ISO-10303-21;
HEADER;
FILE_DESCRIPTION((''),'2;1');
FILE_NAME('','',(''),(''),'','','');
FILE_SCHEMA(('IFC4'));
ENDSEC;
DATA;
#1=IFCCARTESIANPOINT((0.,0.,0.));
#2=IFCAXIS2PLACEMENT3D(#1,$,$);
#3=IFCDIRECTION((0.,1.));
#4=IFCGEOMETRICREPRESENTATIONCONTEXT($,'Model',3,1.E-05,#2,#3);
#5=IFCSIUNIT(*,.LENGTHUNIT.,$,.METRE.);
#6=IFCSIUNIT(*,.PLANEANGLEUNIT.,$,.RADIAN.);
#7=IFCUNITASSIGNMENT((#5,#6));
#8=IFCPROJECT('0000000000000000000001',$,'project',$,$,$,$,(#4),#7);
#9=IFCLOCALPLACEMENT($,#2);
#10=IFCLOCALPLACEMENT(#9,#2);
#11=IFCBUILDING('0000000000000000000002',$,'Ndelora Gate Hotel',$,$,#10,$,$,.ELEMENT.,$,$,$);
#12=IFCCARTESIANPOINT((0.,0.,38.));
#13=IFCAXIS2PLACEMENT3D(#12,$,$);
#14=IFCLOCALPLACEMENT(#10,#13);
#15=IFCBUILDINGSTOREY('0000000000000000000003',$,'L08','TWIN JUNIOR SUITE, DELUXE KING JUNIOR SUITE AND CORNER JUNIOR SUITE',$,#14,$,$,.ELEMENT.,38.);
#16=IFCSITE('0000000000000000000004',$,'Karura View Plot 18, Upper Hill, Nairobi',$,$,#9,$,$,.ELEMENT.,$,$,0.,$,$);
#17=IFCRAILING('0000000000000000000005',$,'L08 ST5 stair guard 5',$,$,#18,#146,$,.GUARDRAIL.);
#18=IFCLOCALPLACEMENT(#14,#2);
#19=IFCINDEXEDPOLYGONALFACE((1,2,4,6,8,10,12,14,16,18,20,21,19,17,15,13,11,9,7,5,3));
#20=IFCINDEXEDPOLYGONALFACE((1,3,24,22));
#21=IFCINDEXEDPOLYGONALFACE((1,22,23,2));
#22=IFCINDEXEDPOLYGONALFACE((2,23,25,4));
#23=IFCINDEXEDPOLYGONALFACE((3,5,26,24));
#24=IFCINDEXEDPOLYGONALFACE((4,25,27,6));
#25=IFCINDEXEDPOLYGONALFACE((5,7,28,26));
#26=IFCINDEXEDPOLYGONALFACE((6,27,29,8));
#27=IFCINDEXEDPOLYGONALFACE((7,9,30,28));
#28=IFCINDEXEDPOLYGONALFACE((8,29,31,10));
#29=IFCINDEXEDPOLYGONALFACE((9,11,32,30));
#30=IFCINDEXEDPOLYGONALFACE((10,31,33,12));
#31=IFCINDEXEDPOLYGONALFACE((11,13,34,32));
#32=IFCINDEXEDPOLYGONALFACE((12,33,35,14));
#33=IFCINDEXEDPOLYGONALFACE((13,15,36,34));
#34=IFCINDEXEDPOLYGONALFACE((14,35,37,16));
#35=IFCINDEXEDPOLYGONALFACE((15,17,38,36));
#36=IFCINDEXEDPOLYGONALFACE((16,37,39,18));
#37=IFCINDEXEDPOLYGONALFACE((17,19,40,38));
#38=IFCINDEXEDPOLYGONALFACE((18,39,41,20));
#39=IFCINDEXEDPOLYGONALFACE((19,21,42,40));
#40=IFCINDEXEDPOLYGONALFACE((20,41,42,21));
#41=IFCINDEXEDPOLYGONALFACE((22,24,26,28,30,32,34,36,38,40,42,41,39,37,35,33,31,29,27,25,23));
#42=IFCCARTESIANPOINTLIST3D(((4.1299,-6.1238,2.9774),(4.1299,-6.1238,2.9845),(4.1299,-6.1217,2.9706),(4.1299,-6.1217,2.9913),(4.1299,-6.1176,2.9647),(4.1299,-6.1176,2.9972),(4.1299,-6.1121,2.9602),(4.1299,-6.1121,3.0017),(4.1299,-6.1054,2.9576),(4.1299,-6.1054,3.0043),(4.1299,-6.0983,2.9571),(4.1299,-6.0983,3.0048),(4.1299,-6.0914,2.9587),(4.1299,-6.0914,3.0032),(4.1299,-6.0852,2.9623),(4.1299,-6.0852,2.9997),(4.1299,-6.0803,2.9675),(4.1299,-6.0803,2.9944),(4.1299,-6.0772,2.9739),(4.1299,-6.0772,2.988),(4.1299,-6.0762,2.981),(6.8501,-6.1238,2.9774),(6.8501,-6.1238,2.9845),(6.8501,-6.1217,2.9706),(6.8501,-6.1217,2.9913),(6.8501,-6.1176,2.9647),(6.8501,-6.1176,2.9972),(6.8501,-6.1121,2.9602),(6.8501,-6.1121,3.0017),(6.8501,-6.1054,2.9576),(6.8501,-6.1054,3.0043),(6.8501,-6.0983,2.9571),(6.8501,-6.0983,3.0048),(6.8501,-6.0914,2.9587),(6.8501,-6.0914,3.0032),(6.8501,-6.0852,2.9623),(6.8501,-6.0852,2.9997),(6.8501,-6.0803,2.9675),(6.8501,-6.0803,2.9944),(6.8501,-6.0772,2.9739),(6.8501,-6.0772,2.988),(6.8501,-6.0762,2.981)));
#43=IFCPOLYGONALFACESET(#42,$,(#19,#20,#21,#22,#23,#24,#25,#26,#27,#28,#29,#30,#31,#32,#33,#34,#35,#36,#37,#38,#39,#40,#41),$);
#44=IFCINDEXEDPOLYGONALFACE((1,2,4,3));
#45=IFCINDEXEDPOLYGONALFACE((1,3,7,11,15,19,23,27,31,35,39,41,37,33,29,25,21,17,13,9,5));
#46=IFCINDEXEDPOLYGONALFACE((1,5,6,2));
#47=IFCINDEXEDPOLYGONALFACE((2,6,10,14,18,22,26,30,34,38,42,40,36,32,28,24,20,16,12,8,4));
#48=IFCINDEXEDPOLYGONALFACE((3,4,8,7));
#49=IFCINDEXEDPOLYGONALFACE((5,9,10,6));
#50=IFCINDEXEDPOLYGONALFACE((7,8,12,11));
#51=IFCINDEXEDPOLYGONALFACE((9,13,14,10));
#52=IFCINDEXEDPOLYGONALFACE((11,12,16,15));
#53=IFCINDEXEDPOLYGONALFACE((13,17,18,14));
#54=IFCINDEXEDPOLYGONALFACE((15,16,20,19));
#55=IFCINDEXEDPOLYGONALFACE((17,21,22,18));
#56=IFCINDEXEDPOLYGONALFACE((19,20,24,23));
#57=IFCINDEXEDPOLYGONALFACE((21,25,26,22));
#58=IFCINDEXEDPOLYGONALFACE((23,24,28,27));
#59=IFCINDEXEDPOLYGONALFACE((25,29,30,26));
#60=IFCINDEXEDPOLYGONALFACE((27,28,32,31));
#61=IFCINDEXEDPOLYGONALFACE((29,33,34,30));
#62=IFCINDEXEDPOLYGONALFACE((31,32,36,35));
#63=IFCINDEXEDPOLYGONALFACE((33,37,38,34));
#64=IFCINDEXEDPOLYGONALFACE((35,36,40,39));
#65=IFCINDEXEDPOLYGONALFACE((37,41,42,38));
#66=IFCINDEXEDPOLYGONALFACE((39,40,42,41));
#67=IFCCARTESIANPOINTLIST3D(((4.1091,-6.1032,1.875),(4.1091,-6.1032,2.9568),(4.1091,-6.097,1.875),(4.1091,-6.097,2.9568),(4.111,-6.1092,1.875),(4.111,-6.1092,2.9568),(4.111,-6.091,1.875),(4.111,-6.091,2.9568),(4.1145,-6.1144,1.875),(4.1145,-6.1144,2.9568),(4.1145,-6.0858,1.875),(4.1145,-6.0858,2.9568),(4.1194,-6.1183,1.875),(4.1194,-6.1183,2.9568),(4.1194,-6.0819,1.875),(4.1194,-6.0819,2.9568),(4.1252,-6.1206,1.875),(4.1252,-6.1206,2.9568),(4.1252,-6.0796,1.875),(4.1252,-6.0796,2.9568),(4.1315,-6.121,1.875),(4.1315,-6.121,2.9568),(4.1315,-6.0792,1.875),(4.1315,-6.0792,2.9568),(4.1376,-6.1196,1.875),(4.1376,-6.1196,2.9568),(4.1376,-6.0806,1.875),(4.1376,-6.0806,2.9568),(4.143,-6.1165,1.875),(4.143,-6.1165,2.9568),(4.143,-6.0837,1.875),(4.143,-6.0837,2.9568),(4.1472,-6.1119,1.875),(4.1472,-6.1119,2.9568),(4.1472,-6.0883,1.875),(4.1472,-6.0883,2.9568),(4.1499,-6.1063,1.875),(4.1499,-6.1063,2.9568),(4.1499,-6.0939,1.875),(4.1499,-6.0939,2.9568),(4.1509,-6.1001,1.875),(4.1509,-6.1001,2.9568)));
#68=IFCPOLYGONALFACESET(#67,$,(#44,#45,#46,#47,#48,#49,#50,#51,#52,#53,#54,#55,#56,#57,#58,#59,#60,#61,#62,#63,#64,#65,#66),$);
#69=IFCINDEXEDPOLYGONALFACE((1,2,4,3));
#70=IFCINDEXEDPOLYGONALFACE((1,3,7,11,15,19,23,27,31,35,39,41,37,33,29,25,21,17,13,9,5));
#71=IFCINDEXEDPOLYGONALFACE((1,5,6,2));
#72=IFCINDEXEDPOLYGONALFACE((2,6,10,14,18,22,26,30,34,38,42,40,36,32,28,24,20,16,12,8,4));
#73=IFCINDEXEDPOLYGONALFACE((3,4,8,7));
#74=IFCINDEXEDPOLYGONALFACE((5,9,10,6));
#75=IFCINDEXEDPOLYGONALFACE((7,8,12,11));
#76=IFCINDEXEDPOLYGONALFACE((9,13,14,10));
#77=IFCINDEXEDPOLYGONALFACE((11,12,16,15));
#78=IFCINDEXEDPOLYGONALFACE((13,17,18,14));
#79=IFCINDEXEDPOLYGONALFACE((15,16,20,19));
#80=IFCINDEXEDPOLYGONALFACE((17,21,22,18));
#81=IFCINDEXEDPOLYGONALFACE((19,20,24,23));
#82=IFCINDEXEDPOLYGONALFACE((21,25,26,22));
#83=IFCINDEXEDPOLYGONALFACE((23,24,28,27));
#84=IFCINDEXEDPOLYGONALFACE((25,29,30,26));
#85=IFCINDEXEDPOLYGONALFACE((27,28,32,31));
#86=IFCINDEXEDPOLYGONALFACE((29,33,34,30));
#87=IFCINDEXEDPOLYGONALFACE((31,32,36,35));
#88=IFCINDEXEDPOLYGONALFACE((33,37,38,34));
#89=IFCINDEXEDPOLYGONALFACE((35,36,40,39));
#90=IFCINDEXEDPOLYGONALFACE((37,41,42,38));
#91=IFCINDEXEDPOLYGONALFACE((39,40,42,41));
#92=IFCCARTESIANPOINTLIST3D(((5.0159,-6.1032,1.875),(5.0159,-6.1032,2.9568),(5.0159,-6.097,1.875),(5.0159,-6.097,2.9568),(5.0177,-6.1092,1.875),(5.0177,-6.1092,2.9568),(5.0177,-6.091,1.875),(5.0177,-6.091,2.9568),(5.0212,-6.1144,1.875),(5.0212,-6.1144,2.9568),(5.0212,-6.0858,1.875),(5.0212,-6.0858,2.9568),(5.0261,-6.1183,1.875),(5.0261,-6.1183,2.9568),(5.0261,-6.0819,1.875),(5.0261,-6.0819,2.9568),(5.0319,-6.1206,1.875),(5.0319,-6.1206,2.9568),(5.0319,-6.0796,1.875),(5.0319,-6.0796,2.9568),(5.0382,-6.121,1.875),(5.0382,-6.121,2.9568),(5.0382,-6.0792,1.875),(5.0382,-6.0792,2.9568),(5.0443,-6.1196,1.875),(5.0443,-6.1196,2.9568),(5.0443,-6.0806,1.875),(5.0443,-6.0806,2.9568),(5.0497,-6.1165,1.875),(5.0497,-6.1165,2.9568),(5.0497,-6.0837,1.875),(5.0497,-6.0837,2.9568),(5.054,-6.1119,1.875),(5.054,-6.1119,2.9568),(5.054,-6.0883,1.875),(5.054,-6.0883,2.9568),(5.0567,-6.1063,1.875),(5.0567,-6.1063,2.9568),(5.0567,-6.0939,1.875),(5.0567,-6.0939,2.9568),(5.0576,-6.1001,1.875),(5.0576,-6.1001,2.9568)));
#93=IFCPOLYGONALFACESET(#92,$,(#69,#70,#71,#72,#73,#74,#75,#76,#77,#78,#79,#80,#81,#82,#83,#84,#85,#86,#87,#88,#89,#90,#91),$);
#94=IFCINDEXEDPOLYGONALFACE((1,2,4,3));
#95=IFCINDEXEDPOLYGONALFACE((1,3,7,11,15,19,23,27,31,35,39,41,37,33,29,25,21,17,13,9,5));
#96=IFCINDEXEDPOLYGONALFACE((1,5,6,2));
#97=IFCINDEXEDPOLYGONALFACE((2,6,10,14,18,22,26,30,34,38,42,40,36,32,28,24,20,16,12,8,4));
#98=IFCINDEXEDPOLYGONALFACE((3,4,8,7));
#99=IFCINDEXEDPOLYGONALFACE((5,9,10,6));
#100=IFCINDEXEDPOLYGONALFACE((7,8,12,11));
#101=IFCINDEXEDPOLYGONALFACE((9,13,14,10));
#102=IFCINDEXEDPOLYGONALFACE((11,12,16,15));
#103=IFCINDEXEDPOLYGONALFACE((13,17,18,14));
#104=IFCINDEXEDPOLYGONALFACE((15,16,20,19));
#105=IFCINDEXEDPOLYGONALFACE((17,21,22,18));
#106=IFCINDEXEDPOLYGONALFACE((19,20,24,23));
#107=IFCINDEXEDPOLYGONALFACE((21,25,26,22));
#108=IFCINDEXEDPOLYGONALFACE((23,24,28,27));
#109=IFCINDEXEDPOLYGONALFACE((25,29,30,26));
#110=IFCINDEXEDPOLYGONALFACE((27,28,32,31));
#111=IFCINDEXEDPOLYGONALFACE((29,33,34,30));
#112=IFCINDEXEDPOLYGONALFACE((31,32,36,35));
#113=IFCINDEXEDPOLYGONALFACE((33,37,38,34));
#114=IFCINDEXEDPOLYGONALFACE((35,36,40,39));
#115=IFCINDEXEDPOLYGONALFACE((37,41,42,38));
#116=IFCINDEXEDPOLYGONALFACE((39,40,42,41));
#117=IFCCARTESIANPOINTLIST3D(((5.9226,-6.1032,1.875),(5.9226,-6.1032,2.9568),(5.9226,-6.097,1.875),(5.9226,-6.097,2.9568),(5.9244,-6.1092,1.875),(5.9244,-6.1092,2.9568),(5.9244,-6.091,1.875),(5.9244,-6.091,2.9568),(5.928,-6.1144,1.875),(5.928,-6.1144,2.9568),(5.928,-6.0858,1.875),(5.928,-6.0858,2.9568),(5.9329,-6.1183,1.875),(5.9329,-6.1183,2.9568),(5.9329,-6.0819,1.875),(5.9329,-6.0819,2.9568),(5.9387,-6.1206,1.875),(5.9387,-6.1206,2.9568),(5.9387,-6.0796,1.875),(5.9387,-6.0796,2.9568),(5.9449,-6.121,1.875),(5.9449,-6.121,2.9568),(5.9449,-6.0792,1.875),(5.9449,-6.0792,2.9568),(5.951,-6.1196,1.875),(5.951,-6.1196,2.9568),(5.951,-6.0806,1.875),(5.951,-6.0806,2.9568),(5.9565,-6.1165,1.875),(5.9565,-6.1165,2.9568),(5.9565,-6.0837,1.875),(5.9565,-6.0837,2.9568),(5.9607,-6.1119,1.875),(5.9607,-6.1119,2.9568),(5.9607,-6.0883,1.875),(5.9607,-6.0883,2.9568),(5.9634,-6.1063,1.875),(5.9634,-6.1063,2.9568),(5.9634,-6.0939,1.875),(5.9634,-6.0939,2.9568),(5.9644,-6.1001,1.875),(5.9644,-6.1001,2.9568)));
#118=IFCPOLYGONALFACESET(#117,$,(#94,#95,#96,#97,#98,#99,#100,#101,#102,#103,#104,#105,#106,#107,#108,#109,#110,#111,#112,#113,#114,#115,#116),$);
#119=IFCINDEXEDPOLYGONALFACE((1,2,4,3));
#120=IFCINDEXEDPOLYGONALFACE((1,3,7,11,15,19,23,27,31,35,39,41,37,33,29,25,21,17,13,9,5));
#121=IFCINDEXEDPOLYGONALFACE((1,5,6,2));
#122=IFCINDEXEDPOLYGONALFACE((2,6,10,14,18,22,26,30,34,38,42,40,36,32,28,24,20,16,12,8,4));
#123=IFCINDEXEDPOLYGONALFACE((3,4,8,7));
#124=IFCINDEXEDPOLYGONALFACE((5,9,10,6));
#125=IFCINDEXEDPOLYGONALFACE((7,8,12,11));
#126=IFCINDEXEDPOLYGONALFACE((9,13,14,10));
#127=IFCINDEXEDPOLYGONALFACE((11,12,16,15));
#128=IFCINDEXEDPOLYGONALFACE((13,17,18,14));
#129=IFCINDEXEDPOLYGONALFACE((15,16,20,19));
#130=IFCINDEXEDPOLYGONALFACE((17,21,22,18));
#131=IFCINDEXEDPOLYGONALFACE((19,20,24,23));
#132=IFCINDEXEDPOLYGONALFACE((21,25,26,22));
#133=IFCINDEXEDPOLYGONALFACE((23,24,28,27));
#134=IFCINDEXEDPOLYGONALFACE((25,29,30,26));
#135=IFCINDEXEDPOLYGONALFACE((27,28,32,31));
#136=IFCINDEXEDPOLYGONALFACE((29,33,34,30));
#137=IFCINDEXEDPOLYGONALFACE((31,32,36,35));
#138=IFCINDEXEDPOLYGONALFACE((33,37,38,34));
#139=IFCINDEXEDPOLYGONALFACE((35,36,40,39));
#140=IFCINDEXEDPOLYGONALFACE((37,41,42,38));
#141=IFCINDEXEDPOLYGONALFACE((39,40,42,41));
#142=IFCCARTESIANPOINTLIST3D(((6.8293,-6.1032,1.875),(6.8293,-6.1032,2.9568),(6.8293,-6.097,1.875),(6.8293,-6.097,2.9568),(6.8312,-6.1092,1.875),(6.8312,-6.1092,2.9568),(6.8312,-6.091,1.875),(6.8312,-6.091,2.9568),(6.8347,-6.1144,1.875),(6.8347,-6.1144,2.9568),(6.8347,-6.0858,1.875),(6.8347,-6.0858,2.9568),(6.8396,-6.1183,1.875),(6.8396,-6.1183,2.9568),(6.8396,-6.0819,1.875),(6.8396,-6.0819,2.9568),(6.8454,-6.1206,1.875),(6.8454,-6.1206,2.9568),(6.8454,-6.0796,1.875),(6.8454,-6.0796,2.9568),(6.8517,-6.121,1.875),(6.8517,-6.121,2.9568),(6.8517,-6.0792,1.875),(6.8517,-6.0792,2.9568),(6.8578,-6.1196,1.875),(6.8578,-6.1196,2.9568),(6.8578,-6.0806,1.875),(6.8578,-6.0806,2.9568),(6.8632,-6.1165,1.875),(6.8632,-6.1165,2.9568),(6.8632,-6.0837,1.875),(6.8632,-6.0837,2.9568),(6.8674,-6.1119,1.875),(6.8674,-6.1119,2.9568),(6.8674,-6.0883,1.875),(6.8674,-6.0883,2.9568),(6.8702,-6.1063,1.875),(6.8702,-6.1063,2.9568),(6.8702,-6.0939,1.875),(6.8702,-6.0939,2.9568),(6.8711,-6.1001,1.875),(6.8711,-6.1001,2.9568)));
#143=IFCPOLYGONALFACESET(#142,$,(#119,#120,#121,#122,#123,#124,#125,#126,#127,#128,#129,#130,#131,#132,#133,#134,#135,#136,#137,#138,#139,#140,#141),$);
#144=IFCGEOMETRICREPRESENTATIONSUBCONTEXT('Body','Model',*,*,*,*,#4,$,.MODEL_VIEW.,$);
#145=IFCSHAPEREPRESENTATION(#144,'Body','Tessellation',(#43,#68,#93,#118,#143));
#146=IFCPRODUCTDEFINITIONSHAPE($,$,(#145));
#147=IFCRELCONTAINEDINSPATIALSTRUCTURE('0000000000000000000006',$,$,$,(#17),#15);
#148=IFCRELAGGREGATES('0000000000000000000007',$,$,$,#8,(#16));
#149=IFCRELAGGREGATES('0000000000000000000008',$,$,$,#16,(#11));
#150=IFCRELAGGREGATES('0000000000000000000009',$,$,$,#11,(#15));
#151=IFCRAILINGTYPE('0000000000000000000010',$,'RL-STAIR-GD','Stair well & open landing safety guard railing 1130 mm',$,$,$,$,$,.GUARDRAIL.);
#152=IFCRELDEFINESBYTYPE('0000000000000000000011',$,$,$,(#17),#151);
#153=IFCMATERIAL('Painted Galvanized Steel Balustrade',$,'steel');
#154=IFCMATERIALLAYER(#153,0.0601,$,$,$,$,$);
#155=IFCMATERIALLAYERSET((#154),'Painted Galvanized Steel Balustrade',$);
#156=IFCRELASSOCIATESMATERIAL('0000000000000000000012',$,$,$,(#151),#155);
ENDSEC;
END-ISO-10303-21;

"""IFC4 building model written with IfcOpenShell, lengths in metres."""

from ifc_helpers import new_model, si_unit, direction, frame, origin, origin_2d, place, context, subcontext, project, spatial, circle, extrude, material, layer, layer_set, type_object, element, save


model = new_model("IFC4")

# Units and contexts
model_context = context("Model", 3, precision=1e-05, world=origin(), true_north=direction((0.0, 1.0)))
body_context = subcontext(model_context, "Body", "Model", "MODEL_VIEW")
ifc_project = project(units=[si_unit("LENGTHUNIT", "METRE"), si_unit("PLANEANGLEUNIT", "RADIAN")], contexts=[model_context])

# Site, building, storey
site_placement = place(None, origin())
site = spatial("IfcSite", under=ifc_project, at=site_placement, Name="Karura View Plot 18, Upper Hill, Nairobi", CompositionType="ELEMENT", RefElevation=0.0)
building_placement = place(site_placement, origin())
building = spatial("IfcBuilding", under=site, at=building_placement, Name="Ndelora Gate Hotel", CompositionType="ELEMENT")
storey_placement = place(building_placement, frame((0.0, 0.0, 38.0)))
storey = spatial("IfcBuildingStorey", under=building, at=storey_placement, Name="L08", Description="TWIN JUNIOR SUITE, DELUXE KING JUNIOR SUITE AND CORNER JUNIOR SUITE", CompositionType="ELEMENT", Elevation=38.0)

# Railing
ifc_material_1 = material(Name="Painted Galvanized Steel Balustrade", Category="steel")
ifc_layer_1 = layer(ifc_material_1, 0.0601)
ifc_layer_set_1 = layer_set([ifc_layer_1], Name="Painted Galvanized Steel Balustrade")
railing_type_1 = type_object("IfcRailingType", Name="RL-STAIR-GD", Description="Stair well & open landing safety guard railing 1130 mm", PredefinedType="GUARDRAIL", material=ifc_layer_set_1)
railing_1_placement = place(storey_placement, frame((4.1299, -6.1001, 1.875)))
element("IfcRailing", 1, at=railing_1_placement, inside=storey, type_object=railing_type_1, Name="L08 ST5 stair guard 5", PredefinedType="GUARDRAIL", context=body_context, shape_type="SweptSolid", body=[
    extrude(circle(Radius=0.0239, at=origin_2d()), frame((0.0, 0.0, 1.106), z_axis=(1.0, 0.0, 0.0), x_axis=(0.0, 1.0, 0.0)), (0.0, 0.0, 1.0), 2.7202),
    extrude(circle(Radius=0.021, at=origin_2d()), origin(), (0.0, 0.0, 1.0), 1.0818),
    extrude(circle(Radius=0.021, at=origin_2d()), frame((0.9067, 0.0, 0.0)), (0.0, 0.0, 1.0), 1.0818),
    extrude(circle(Radius=0.021, at=origin_2d()), frame((1.8135, 0.0, 0.0)), (0.0, 0.0, 1.0), 1.0818),
    extrude(circle(Radius=0.021, at=origin_2d()), frame((2.7202, 0.0, 0.0)), (0.0, 0.0, 1.0), 1.0818),
])

save(model, "model.ifc")
